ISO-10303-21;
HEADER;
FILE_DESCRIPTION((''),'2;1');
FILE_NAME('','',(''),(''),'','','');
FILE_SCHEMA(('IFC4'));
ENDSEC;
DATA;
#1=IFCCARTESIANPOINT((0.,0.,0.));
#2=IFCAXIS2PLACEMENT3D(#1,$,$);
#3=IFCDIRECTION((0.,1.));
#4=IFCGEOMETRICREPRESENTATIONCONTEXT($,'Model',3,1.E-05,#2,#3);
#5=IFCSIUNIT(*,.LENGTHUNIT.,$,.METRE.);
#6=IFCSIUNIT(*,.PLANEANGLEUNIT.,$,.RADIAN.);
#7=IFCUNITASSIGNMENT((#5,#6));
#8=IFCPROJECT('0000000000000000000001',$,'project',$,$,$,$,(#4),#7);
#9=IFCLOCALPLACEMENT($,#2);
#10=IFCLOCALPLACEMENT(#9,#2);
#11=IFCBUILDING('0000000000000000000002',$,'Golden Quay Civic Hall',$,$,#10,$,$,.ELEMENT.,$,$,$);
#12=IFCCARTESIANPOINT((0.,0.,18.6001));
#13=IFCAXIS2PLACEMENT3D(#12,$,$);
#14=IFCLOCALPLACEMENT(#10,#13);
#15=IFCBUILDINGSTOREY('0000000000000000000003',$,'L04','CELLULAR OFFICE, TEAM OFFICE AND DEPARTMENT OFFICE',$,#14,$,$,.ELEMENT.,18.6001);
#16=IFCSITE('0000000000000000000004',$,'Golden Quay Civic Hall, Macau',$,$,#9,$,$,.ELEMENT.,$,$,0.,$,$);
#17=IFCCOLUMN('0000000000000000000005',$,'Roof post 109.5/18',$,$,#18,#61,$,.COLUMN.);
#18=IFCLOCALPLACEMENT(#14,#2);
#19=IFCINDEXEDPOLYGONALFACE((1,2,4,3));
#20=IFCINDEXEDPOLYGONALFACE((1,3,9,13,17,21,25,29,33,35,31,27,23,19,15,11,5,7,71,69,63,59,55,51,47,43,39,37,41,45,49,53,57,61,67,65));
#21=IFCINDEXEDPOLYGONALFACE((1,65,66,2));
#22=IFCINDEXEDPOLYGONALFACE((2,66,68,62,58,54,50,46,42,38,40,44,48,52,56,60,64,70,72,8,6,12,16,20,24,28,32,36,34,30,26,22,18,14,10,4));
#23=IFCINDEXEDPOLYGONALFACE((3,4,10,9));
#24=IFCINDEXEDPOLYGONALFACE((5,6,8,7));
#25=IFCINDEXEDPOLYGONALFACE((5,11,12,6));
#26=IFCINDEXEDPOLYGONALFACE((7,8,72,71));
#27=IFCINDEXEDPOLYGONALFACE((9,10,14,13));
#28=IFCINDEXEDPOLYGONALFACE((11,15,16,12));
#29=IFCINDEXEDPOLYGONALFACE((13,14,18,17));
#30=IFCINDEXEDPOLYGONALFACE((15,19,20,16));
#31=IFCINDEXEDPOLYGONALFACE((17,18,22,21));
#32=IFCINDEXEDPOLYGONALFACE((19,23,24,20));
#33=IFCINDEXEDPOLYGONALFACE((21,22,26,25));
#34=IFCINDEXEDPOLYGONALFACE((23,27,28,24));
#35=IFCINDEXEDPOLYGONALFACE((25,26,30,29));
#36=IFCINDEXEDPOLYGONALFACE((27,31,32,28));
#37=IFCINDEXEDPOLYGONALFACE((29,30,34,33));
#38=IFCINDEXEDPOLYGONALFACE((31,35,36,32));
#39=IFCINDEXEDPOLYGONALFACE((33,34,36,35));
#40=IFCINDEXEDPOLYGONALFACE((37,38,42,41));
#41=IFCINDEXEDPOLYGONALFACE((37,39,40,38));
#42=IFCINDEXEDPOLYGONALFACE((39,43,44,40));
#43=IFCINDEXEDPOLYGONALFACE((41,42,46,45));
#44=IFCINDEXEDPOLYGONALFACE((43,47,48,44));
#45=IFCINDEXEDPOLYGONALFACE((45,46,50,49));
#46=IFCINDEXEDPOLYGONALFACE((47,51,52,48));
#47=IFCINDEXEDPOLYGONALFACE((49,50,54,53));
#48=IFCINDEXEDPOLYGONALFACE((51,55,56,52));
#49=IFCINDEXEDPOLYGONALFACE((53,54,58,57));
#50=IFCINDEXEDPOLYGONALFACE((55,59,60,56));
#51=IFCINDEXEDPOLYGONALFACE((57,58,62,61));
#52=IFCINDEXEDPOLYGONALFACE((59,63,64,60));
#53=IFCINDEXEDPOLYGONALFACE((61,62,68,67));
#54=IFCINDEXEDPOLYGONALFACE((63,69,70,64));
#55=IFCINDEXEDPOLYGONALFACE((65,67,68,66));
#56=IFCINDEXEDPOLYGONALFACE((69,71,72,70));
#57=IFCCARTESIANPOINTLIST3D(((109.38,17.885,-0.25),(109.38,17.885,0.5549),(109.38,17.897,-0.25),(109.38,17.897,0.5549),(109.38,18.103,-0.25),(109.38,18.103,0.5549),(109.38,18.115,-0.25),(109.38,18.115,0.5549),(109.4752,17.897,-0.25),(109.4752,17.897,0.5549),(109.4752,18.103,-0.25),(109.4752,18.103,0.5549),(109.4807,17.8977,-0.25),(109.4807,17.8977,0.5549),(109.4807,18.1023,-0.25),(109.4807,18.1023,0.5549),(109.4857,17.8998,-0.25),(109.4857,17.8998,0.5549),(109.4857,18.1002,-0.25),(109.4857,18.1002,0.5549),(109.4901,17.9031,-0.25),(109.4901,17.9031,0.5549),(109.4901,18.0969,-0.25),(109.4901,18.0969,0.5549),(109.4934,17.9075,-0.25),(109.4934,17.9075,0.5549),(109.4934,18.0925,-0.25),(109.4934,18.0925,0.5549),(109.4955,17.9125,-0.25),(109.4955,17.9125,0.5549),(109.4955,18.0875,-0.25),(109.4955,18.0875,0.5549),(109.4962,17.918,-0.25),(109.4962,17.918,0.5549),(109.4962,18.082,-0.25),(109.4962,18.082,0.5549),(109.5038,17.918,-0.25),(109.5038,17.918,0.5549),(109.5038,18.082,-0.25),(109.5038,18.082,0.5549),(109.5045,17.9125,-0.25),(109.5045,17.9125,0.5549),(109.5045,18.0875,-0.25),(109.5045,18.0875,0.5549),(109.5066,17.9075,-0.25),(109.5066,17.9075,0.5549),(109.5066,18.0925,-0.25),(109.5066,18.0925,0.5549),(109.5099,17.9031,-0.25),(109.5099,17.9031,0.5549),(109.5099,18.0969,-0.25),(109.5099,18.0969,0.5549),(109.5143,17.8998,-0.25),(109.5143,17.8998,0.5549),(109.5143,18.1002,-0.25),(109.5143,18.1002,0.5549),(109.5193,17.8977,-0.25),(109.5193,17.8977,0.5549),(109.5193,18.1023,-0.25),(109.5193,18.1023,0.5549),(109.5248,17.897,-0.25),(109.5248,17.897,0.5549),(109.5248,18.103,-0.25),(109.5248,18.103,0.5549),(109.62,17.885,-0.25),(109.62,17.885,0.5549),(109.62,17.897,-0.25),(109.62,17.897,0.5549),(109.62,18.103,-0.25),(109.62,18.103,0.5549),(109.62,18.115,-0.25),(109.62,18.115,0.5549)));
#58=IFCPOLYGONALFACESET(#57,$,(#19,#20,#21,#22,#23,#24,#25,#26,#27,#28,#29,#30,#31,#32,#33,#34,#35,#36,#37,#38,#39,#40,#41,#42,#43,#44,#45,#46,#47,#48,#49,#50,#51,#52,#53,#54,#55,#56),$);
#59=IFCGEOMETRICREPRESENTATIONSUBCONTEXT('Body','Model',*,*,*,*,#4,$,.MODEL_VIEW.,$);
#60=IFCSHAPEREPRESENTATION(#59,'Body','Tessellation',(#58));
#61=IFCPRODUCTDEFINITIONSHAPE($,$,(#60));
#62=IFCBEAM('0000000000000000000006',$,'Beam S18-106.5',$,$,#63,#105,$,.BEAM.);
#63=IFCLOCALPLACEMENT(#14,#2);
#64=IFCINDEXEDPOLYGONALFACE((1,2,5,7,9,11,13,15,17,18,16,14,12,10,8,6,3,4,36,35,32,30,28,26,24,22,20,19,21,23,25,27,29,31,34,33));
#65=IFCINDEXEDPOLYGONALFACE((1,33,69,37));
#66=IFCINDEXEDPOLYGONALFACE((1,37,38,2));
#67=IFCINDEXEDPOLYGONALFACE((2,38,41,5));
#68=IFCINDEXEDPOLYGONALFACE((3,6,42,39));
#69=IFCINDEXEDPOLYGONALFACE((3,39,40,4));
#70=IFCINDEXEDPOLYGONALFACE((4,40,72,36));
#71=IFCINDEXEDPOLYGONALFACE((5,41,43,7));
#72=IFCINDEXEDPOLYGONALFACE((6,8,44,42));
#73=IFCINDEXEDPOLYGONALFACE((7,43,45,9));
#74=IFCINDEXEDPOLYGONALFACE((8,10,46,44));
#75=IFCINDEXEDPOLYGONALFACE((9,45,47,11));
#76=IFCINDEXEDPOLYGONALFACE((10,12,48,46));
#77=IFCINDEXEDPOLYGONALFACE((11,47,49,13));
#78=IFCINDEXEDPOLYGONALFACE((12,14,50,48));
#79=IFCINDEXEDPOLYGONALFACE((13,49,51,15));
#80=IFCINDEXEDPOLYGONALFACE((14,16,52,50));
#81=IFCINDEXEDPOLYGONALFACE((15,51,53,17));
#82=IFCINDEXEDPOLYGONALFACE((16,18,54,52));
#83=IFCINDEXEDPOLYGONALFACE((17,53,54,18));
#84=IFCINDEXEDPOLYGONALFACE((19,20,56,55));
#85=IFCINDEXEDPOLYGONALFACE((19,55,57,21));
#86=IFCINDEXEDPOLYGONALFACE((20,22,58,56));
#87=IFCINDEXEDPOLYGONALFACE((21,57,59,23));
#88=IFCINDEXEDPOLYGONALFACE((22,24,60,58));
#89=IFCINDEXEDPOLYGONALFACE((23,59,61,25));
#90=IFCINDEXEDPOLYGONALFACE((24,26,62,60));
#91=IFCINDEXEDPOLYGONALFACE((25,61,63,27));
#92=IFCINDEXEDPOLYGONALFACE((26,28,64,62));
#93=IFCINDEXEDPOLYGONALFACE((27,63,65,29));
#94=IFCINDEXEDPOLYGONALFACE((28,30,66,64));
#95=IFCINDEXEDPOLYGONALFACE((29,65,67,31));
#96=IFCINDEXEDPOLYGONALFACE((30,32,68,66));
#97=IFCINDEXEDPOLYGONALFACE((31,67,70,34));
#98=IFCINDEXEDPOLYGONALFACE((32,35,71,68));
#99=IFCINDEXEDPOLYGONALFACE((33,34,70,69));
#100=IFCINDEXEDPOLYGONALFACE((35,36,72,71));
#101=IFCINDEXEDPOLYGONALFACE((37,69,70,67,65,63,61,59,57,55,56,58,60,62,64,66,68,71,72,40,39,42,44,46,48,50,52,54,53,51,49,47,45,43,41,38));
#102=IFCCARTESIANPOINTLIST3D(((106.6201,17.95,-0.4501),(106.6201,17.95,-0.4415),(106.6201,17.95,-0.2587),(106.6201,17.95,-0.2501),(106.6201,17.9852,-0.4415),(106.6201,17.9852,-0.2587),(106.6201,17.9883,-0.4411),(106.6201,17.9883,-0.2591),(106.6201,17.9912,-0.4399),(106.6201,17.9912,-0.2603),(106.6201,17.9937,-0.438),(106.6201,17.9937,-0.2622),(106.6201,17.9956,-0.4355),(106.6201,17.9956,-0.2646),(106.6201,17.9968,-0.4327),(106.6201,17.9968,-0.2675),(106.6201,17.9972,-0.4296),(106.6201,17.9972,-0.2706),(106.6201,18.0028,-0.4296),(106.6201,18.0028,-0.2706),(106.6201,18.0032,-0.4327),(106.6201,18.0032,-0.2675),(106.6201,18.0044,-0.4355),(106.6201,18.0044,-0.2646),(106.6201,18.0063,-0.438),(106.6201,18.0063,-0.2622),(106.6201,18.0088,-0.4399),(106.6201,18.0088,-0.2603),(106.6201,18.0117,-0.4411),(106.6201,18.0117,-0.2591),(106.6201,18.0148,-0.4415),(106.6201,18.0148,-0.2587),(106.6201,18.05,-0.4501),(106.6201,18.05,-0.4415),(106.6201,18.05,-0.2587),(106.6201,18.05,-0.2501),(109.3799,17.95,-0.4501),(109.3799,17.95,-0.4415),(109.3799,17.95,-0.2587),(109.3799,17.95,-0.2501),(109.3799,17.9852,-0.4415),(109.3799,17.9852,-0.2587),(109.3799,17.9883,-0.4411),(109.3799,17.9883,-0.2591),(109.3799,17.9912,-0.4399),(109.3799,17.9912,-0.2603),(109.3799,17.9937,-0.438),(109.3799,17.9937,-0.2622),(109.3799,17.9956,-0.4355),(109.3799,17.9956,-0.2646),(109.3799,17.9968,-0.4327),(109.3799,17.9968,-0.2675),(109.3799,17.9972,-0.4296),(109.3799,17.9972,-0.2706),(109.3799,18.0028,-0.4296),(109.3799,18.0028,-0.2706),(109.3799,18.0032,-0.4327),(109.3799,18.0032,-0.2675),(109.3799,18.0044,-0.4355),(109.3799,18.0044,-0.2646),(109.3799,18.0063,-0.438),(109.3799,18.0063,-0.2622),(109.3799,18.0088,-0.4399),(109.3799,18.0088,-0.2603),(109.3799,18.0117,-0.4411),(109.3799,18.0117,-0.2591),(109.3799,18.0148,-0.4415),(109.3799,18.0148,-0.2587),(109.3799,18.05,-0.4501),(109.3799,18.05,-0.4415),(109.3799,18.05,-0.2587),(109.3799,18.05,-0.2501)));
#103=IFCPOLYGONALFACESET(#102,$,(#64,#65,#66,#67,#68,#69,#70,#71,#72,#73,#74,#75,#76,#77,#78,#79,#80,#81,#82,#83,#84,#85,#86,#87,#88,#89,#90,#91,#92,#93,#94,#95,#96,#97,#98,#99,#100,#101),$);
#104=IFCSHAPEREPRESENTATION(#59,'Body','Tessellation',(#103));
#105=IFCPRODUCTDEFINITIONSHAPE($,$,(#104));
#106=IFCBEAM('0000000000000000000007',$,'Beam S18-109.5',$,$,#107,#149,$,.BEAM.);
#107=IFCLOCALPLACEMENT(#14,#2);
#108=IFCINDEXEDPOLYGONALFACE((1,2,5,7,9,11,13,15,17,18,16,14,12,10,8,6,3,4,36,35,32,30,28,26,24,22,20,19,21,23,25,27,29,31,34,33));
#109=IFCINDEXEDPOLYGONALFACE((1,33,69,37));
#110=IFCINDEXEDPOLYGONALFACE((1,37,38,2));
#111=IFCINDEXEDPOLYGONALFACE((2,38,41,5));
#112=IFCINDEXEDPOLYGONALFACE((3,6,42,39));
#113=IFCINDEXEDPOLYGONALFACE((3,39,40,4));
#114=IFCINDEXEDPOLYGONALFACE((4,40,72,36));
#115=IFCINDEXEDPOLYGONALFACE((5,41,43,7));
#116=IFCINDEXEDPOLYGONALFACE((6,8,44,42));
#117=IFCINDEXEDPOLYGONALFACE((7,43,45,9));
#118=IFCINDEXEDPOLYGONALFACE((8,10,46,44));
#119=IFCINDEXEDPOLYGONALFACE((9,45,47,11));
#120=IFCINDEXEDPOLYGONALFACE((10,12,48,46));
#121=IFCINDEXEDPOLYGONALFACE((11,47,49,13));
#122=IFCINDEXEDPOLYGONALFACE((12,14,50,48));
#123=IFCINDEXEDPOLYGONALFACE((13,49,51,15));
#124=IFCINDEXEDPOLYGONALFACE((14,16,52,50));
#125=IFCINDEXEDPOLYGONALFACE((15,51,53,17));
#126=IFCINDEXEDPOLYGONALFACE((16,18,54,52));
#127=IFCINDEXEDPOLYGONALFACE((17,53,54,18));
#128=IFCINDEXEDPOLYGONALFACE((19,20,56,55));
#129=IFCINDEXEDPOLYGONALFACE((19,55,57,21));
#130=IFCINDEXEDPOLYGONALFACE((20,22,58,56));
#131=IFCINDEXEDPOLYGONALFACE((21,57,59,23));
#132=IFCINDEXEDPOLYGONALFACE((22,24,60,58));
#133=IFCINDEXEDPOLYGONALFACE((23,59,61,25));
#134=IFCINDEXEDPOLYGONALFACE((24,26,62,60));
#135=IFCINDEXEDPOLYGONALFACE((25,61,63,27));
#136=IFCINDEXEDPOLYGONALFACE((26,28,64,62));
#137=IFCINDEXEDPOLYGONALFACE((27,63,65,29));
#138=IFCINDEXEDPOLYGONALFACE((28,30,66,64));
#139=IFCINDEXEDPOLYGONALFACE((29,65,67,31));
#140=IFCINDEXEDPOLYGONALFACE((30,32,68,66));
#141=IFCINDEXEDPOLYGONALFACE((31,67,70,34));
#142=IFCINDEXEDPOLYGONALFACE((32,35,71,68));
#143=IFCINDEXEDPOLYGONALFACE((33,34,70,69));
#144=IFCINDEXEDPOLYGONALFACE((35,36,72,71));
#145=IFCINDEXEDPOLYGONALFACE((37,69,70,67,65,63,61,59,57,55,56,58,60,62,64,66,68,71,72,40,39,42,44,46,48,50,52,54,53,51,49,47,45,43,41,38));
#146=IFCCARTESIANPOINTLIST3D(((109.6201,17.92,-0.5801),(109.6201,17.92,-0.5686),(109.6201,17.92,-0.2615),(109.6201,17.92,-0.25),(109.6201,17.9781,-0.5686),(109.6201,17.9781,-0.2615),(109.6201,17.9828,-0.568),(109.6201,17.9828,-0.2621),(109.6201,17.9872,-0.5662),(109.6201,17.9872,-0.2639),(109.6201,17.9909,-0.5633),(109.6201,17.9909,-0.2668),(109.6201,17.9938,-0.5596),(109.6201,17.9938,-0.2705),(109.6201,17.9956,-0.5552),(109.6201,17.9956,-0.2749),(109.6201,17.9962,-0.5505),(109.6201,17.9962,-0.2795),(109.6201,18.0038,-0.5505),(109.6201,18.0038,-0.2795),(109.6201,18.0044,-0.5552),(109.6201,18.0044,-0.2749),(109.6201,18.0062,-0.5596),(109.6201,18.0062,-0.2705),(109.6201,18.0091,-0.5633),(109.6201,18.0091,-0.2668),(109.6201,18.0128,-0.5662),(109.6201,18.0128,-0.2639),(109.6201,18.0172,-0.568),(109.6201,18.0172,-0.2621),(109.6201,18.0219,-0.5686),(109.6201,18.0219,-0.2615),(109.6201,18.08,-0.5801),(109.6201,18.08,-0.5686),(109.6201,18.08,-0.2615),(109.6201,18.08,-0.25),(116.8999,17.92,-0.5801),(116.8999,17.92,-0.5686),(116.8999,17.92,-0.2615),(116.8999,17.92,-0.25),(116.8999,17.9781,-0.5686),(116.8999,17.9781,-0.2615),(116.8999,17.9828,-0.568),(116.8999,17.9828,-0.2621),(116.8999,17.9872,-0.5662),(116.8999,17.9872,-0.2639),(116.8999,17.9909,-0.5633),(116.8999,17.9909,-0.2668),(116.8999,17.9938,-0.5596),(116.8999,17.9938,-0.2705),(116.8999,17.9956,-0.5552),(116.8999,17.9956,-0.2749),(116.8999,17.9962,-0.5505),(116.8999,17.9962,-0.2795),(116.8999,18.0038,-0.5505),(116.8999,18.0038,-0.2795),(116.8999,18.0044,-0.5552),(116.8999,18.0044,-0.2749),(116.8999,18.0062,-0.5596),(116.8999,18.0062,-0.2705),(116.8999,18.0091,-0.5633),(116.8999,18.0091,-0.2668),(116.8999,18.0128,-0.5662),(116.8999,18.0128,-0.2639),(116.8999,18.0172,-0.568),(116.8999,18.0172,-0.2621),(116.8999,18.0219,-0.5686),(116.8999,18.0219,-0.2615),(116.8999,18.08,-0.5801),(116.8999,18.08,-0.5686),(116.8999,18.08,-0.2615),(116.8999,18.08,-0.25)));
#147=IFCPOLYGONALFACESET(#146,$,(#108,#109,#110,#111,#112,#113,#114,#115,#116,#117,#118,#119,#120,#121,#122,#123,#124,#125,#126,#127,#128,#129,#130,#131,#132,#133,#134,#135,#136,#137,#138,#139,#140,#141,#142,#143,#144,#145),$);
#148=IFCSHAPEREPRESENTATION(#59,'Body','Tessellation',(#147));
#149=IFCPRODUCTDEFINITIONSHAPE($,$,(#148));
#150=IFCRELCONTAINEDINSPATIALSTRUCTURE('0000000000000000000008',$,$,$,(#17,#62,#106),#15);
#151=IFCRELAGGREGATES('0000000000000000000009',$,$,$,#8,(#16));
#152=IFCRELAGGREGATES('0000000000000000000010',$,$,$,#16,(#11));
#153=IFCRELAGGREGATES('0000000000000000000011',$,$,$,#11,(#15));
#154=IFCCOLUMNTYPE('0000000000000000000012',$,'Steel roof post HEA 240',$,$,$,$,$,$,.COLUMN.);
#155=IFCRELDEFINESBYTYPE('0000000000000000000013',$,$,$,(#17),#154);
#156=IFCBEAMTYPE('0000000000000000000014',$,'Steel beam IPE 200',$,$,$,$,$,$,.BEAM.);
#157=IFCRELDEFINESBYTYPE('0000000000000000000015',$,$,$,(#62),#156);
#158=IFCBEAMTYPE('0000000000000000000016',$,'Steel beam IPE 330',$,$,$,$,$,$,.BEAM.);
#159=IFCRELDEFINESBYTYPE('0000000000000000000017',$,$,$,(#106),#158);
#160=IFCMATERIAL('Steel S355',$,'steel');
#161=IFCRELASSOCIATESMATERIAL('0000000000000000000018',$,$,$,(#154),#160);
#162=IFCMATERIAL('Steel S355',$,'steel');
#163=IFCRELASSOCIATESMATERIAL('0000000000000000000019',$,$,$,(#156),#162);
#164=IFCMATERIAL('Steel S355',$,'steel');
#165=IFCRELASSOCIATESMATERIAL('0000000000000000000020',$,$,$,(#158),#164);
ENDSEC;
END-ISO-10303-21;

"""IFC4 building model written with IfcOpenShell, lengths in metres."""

from ifc_helpers import new_model, si_unit, direction, frame, origin, origin_2d, place, context, subcontext, project, spatial, i_section, extrude, material, material_profile, profile_set, type_object, element, save


model = new_model("IFC4")

# Units and contexts
model_context = context("Model", 3, precision=1e-05, world=origin(), true_north=direction((0.0, 1.0)))
body_context = subcontext(model_context, "Body", "Model", "MODEL_VIEW")
ifc_project = project(units=[si_unit("LENGTHUNIT", "METRE"), si_unit("PLANEANGLEUNIT", "RADIAN")], contexts=[model_context])

# Site, building, storey
site_placement = place(None, origin())
site = spatial("IfcSite", under=ifc_project, at=site_placement, Name="Golden Quay Civic Hall, Macau", CompositionType="ELEMENT", RefElevation=0.0)
building_placement = place(site_placement, origin())
building = spatial("IfcBuilding", under=site, at=building_placement, Name="Golden Quay Civic Hall", CompositionType="ELEMENT")
storey_placement = place(building_placement, frame((0.0, 0.0, 18.6001)))
storey = spatial("IfcBuildingStorey", under=building, at=storey_placement, Name="L04", Description="CELLULAR OFFICE, TEAM OFFICE AND DEPARTMENT OFFICE", CompositionType="ELEMENT", Elevation=18.6001)

# Column
ifc_material_1 = material(Name="Steel S355", Category="steel")
ifc_material_profile_1 = material_profile(ifc_material_1, i_section(OverallWidth=0.24, OverallDepth=0.23, WebThickness=0.0076, FlangeThickness=0.012, FilletRadius=0.021, at=origin_2d()), Name="HEA 240")
ifc_profile_set_1 = profile_set([ifc_material_profile_1], Name="Steel S355")
column_type = type_object("IfcColumnType", Name="Steel roof post HEA 240", PredefinedType="COLUMN", material=ifc_profile_set_1)
column_placement = place(storey_placement, frame((109.5, 18.0, -0.25), z_axis=(0.0, 0.0, 1.0), x_axis=(1.0, 0.0, 0.0)))
element("IfcColumn", 1, at=column_placement, inside=storey, type_object=column_type, Name="Roof post 109.5/18", PredefinedType="COLUMN", context=body_context, shape_type="SweptSolid", body=[
    extrude(i_section(OverallWidth=0.24, OverallDepth=0.23, WebThickness=0.0076, FlangeThickness=0.012, FilletRadius=0.021, at=origin_2d()), origin(), (0.0, 0.0, 1.0), 0.8049),
])

# Beams
ifc_material_2 = material(Name="Steel S355", Category="steel")
ifc_material_profile_2 = material_profile(ifc_material_2, i_section(OverallWidth=0.1001, OverallDepth=0.2, WebThickness=0.0056, FlangeThickness=0.0085, FilletRadius=0.012, at=origin_2d()), Name="IPE 200")
ifc_profile_set_2 = profile_set([ifc_material_profile_2], Name="Steel S355")
beam_type_1 = type_object("IfcBeamType", Name="Steel beam IPE 200", PredefinedType="BEAM", material=ifc_profile_set_2)
beam_1_placement = place(storey_placement, frame((106.6201, 18.0, -0.3501), z_axis=(1.0, 0.0, 0.0), x_axis=(0.0, 1.0, 0.0)))
element("IfcBeam", 2, at=beam_1_placement, inside=storey, type_object=beam_type_1, Name="Beam S18-106.5", PredefinedType="BEAM", context=body_context, shape_type="SweptSolid", body=[
    extrude(i_section(OverallWidth=0.1001, OverallDepth=0.2, WebThickness=0.0056, FlangeThickness=0.0085, FilletRadius=0.012, at=origin_2d()), origin(), (0.0, 0.0, 1.0), 2.7598),
])
ifc_material_3 = material(Name="Steel S355", Category="steel")
ifc_material_profile_3 = material_profile(ifc_material_3, i_section(OverallWidth=0.1599, OverallDepth=0.3301, WebThickness=0.0076, FlangeThickness=0.0115, FilletRadius=0.0181, at=origin_2d()), Name="IPE 330")
ifc_profile_set_3 = profile_set([ifc_material_profile_3], Name="Steel S355")
beam_type_2 = type_object("IfcBeamType", Name="Steel beam IPE 330", PredefinedType="BEAM", material=ifc_profile_set_3)
beam_2_placement = place(storey_placement, frame((109.6201, 18.0, -0.415), z_axis=(1.0, 0.0, 0.0), x_axis=(0.0, 1.0, 0.0)))
element("IfcBeam", 3, at=beam_2_placement, inside=storey, type_object=beam_type_2, Name="Beam S18-109.5", PredefinedType="BEAM", context=body_context, shape_type="SweptSolid", body=[
    extrude(i_section(OverallWidth=0.1599, OverallDepth=0.3301, WebThickness=0.0076, FlangeThickness=0.0115, FilletRadius=0.0181, at=origin_2d()), origin(), (0.0, 0.0, 1.0), 7.2798),
])

save(model, "model.ifc")
